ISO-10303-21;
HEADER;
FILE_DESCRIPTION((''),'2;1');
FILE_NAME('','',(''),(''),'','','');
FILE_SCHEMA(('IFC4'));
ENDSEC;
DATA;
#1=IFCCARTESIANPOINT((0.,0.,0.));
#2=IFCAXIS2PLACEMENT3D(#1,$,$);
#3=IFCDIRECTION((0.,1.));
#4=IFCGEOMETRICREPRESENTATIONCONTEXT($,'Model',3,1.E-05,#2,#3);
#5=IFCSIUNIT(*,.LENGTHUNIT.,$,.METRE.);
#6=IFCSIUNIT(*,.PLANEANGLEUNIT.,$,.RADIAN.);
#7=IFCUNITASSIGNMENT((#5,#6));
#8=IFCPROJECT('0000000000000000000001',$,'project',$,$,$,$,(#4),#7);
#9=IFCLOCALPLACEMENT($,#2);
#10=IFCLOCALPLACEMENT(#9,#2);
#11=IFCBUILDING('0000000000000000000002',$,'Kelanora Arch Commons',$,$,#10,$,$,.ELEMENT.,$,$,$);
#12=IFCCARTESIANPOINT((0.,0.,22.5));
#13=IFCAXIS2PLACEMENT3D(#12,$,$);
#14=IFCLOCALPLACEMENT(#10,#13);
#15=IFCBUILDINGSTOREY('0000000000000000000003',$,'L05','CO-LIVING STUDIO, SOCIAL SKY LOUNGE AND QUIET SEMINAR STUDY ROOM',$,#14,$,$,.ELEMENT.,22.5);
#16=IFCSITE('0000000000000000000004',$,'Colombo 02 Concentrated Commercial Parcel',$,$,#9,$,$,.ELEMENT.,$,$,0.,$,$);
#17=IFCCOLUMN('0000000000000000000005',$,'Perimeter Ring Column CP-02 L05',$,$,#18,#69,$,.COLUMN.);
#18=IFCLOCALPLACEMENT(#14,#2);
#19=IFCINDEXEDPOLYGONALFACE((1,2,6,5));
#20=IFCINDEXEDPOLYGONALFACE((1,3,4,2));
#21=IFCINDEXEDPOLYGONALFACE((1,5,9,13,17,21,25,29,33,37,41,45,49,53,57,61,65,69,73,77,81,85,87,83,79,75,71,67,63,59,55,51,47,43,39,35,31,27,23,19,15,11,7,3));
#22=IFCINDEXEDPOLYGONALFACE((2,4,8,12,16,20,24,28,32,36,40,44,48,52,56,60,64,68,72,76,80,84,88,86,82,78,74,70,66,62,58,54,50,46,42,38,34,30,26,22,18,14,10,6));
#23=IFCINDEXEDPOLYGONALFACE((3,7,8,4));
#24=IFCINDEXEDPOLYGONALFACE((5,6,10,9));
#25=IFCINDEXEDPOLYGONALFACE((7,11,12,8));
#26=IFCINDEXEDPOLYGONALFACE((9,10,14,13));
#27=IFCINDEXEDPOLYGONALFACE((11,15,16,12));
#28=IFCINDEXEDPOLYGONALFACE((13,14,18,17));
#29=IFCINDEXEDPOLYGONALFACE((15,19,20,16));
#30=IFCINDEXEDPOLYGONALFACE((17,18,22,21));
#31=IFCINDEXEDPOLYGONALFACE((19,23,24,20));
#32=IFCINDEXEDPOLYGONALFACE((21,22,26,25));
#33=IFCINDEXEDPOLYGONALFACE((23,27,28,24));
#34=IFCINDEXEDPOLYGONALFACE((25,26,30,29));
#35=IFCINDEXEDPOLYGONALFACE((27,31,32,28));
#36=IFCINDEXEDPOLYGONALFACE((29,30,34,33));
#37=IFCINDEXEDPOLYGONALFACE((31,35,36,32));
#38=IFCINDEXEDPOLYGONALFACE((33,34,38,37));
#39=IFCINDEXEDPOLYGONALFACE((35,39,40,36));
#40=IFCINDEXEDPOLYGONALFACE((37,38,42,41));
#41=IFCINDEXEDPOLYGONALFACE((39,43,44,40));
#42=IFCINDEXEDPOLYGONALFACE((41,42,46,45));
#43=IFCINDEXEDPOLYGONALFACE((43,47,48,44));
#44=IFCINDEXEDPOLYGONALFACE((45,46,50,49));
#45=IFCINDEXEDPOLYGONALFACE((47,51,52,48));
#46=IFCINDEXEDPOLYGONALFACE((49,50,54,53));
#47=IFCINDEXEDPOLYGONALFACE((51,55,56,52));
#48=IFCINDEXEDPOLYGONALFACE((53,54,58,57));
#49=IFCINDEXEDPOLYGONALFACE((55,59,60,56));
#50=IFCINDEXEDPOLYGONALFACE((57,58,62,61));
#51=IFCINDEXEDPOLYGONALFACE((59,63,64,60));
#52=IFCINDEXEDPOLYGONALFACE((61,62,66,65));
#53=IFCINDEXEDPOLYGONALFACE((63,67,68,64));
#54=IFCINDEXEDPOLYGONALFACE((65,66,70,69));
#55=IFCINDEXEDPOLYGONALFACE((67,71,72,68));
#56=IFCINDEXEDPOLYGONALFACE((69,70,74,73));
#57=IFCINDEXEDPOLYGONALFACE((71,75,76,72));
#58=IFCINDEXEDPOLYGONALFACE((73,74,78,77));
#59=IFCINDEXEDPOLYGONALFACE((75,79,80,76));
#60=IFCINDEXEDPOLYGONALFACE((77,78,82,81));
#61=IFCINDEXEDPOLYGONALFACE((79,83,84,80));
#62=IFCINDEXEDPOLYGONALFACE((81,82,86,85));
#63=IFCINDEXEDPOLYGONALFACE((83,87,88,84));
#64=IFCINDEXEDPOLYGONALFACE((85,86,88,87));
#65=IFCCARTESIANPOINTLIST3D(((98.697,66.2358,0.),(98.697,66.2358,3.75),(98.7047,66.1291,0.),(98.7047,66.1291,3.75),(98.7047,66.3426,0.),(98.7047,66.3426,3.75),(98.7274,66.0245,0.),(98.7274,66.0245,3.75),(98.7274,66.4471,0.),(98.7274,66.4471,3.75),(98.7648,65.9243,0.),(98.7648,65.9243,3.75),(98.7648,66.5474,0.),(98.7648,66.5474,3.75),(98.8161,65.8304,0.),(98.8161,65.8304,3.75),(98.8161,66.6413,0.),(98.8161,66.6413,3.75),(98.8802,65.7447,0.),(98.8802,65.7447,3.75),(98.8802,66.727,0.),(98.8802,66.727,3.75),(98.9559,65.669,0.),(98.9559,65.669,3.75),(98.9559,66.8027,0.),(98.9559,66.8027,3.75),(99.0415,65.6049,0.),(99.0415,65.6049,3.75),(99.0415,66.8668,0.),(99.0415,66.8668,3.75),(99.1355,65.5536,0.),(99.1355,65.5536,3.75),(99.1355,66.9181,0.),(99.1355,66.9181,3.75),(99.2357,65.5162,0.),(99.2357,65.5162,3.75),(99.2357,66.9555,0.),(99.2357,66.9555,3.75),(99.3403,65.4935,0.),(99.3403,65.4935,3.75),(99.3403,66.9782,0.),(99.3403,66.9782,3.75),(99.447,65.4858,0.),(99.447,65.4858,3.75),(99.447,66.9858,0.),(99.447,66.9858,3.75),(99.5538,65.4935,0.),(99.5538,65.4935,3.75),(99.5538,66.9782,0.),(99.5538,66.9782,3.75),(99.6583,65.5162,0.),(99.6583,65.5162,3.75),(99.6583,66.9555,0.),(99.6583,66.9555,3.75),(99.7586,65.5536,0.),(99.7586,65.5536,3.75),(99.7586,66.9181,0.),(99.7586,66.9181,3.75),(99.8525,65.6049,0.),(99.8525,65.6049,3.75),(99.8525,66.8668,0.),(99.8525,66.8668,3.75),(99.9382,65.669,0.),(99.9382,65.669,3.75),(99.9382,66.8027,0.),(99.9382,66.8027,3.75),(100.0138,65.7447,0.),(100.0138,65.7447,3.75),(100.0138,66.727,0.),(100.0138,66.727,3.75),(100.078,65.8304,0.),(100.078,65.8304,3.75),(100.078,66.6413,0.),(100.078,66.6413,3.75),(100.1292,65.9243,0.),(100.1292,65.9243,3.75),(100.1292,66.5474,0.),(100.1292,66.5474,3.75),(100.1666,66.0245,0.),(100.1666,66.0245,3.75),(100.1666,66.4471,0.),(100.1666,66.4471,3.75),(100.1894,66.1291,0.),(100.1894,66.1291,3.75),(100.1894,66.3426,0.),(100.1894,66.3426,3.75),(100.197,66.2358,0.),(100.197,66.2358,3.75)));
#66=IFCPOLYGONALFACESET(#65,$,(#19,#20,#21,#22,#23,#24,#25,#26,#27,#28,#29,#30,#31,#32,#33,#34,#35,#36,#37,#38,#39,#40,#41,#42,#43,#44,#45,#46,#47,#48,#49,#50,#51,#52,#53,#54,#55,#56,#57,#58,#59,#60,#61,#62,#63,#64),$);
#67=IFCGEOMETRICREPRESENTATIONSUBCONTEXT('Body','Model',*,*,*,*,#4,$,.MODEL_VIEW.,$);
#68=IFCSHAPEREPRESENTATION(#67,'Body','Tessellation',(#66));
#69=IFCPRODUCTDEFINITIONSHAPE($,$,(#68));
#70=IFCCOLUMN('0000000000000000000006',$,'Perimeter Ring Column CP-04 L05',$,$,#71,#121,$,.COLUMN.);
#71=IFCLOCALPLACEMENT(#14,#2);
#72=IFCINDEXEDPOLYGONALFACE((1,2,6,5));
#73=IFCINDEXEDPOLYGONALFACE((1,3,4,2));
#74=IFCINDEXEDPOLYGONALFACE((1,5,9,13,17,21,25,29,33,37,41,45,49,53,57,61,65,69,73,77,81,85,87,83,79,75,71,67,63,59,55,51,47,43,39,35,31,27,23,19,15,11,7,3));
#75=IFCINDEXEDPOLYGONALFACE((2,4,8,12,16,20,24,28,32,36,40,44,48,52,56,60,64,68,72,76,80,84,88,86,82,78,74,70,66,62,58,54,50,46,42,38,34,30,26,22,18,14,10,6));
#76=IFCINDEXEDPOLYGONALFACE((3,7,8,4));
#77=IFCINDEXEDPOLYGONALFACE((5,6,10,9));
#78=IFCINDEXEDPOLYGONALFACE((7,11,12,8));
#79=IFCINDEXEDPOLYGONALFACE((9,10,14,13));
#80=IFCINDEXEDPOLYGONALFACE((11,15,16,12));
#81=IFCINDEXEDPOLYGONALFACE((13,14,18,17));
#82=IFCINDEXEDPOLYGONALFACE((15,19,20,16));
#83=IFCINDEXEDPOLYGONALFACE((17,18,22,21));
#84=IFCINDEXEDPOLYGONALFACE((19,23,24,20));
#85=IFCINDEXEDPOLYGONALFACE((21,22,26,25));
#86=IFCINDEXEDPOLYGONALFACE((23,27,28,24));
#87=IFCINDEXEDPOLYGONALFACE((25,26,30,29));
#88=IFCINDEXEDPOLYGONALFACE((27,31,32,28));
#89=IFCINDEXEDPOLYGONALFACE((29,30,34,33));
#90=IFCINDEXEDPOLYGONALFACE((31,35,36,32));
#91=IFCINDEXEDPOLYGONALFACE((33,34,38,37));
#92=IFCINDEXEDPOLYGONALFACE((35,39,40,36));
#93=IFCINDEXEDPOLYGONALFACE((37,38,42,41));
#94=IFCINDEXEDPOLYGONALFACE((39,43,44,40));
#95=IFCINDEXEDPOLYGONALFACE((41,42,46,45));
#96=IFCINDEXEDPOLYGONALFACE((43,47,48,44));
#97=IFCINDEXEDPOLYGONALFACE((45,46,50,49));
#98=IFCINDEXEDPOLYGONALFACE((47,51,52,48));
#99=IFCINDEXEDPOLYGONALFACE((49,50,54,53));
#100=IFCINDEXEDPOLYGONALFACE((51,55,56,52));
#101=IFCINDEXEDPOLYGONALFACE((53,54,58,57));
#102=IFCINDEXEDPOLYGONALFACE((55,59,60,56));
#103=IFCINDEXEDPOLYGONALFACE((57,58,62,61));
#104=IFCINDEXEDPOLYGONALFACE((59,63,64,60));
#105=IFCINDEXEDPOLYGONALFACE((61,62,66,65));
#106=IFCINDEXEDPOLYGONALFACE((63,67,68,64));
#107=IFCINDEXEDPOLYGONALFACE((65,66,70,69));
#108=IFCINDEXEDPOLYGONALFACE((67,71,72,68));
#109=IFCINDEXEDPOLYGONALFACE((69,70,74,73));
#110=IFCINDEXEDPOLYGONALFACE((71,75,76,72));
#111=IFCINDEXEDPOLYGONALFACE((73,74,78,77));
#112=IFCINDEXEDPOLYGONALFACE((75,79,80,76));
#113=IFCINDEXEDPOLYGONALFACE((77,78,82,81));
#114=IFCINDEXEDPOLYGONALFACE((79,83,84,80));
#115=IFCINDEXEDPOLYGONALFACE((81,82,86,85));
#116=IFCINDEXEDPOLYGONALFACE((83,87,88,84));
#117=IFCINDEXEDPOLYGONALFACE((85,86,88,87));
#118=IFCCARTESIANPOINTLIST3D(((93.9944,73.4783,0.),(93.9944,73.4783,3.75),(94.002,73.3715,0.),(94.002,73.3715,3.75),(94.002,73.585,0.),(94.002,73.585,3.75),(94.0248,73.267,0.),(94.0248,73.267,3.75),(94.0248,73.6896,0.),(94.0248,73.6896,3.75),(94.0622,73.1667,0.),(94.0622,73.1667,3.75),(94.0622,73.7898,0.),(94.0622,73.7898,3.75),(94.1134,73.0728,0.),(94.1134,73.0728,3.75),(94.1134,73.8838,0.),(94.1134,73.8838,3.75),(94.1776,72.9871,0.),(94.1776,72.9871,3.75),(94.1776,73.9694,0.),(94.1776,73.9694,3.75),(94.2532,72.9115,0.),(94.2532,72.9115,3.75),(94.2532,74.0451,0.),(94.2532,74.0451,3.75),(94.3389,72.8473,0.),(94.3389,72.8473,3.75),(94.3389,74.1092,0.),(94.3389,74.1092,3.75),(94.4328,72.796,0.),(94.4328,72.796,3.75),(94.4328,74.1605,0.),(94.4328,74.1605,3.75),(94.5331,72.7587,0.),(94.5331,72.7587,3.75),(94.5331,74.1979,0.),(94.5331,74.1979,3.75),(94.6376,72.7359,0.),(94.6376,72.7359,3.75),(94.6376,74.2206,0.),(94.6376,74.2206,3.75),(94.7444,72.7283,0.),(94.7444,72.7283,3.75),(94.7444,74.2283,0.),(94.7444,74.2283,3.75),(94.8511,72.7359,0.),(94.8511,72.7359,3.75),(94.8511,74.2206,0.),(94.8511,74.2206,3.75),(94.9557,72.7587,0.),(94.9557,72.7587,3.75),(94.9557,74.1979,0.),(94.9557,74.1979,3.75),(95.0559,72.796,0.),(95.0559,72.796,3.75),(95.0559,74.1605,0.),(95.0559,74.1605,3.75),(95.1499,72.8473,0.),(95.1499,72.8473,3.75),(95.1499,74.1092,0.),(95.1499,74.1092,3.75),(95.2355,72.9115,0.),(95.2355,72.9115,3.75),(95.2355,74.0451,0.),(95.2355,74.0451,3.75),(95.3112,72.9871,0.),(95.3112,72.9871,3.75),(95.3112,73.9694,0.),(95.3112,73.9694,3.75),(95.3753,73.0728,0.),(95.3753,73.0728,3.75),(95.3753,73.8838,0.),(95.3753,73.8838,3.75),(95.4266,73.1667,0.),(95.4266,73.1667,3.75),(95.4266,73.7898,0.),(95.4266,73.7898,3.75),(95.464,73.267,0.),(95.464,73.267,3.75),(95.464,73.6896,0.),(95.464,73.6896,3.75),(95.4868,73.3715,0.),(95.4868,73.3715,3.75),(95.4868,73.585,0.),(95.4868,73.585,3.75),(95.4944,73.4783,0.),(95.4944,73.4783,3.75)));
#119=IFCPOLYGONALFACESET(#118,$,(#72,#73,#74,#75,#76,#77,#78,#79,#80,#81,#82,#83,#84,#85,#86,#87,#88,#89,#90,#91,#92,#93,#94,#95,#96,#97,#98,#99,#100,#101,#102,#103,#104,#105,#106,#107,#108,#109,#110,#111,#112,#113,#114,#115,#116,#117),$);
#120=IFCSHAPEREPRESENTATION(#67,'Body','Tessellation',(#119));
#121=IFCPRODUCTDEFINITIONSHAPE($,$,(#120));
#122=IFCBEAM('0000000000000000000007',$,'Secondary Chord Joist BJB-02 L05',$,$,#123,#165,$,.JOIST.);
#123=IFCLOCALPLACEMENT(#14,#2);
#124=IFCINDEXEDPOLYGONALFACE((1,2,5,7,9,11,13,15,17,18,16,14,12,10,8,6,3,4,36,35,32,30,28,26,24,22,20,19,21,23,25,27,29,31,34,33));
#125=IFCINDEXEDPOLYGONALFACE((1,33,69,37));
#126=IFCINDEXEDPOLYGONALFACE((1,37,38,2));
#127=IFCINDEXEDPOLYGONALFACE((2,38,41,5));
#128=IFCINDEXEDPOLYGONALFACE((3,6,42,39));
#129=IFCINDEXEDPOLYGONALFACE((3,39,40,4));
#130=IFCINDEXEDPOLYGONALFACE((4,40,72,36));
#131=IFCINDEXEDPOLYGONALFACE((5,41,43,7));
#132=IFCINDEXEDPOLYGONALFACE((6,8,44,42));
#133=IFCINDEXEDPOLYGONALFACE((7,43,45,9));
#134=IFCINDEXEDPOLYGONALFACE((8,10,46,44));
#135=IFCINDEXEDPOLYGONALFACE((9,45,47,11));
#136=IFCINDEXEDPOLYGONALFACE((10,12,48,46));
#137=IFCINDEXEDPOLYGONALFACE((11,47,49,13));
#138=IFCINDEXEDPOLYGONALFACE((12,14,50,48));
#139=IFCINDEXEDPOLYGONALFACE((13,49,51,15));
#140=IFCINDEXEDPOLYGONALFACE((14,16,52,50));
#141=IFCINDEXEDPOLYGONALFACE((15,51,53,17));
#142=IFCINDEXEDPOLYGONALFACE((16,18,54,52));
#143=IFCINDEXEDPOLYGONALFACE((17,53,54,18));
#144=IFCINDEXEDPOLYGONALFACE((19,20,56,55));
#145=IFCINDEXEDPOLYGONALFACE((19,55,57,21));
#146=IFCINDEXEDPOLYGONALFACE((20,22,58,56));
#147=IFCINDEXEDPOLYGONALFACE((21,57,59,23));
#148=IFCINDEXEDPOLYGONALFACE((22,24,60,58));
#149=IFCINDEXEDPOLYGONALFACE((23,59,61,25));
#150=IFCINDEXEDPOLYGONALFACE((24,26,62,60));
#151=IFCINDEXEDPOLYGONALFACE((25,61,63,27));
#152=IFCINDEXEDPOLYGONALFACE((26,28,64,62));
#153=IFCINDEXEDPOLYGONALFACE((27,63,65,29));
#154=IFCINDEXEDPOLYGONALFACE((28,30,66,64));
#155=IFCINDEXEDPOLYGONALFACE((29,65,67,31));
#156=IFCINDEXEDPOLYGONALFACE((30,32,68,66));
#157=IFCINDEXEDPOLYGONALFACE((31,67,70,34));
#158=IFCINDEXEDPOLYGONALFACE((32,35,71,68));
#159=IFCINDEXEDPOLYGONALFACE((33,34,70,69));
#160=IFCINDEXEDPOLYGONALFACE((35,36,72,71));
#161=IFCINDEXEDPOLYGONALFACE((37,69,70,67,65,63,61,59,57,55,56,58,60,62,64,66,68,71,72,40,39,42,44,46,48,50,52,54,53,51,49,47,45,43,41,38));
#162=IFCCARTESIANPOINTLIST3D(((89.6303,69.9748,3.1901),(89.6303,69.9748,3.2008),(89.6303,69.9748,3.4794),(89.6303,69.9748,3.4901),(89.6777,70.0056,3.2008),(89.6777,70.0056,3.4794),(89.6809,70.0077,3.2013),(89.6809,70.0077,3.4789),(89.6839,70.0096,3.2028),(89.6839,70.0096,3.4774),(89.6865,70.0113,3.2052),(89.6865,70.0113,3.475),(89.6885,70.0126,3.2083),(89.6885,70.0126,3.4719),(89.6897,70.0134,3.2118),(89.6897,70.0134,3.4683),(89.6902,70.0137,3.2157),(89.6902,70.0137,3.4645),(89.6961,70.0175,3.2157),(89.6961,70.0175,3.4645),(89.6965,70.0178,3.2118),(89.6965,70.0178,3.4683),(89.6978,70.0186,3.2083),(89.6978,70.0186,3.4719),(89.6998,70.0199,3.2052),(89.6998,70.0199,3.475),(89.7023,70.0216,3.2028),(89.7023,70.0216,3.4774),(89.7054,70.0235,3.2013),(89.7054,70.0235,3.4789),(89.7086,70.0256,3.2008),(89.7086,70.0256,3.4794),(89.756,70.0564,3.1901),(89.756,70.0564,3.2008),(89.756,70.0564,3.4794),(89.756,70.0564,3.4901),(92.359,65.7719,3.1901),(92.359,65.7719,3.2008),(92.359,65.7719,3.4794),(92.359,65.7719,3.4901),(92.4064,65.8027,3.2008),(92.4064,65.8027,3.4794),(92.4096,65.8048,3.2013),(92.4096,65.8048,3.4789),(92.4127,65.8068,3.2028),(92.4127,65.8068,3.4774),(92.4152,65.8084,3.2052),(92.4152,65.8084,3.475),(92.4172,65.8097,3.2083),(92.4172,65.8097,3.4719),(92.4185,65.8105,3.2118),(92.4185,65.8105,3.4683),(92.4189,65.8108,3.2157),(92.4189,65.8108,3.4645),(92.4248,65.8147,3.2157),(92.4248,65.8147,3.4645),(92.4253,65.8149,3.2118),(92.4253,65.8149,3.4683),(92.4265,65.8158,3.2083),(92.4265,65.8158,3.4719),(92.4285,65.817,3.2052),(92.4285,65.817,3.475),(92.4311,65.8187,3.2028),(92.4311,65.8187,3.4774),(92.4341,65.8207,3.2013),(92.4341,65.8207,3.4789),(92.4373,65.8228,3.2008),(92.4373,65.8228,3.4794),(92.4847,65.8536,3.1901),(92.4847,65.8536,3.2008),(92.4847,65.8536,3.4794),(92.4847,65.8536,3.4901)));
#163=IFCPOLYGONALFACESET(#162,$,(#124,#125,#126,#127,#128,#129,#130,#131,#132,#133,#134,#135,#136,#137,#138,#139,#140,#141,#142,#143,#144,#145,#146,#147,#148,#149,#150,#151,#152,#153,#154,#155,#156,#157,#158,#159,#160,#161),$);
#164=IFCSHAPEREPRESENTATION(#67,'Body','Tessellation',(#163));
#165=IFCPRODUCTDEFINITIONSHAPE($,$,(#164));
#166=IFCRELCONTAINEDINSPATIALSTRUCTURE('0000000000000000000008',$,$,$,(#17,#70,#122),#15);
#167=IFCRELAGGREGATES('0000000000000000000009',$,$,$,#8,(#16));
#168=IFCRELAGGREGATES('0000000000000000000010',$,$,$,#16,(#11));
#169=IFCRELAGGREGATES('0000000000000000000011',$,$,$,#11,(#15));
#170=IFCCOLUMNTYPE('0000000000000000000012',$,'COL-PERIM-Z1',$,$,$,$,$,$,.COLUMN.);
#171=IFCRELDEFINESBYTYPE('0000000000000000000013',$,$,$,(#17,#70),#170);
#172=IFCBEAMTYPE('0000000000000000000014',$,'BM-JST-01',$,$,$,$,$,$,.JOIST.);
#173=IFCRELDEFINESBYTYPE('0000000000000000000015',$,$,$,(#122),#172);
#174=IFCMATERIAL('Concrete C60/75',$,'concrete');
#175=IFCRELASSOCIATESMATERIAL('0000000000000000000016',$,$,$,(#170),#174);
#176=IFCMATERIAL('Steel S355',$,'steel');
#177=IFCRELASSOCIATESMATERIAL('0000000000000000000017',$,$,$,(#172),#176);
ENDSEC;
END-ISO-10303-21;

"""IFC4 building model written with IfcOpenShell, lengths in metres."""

from ifc_helpers import new_model, si_unit, direction, frame, origin, origin_2d, place, context, subcontext, project, spatial, circle, i_section, extrude, material, material_profile, profile_set, type_object, element, save


model = new_model("IFC4")

# Units and contexts
model_context = context("Model", 3, precision=1e-05, world=origin(), true_north=direction((0.0, 1.0)))
body_context = subcontext(model_context, "Body", "Model", "MODEL_VIEW")
ifc_project = project(units=[si_unit("LENGTHUNIT", "METRE"), si_unit("PLANEANGLEUNIT", "RADIAN")], contexts=[model_context])

# Site, building, storey
site_placement = place(None, origin())
site = spatial("IfcSite", under=ifc_project, at=site_placement, Name="Colombo 02 Concentrated Commercial Parcel", CompositionType="ELEMENT", RefElevation=0.0)
building_placement = place(site_placement, origin())
building = spatial("IfcBuilding", under=site, at=building_placement, Name="Kelanora Arch Commons", CompositionType="ELEMENT")
storey_placement = place(building_placement, frame((0.0, 0.0, 22.5)))
storey = spatial("IfcBuildingStorey", under=building, at=storey_placement, Name="L05", Description="CO-LIVING STUDIO, SOCIAL SKY LOUNGE AND QUIET SEMINAR STUDY ROOM", CompositionType="ELEMENT", Elevation=22.5)

# Columns
ifc_material_1 = material(Name="Concrete C60/75", Category="concrete")
ifc_material_profile_1 = material_profile(ifc_material_1, circle(Radius=0.75, at=origin_2d()), Name="RCC1500")
ifc_profile_set_1 = profile_set([ifc_material_profile_1], Name="Concrete C60/75")
column_type = type_object("IfcColumnType", Name="COL-PERIM-Z1", PredefinedType="COLUMN", material=ifc_profile_set_1)
for number, where, z_axis, x_axis, name in (
    (1, (99.447, 66.2358, 0.0), (0.0, 0.0, 1.0), (1.0, 0.0, 0.0), "Perimeter Ring Column CP-02 L05"),
    (2, (94.7444, 73.4783, 0.0), (0.0, 0.0, 1.0), (1.0, 0.0, 0.0), "Perimeter Ring Column CP-04 L05"),
):
    element("IfcColumn", number, at=place(storey_placement, frame(where, z_axis=z_axis, x_axis=x_axis)), inside=storey, type_object=column_type, Name=name, PredefinedType="COLUMN", context=body_context, shape_type="SweptSolid", body=[
        extrude(circle(Radius=0.75, at=origin_2d()), origin(), (0.0, 0.0, 1.0), 3.75),
    ])

# Beam
ifc_material_2 = material(Name="Steel S355", Category="steel")
ifc_material_profile_2 = material_profile(ifc_material_2, i_section(OverallWidth=0.1499, OverallDepth=0.3, WebThickness=0.0071, FlangeThickness=0.0107, FilletRadius=0.0149, at=origin_2d()), Name="IPE300")
ifc_profile_set_2 = profile_set([ifc_material_profile_2], Name="Steel S355")
beam_type_1 = type_object("IfcBeamType", Name="BM-JST-01", PredefinedType="JOIST", material=ifc_profile_set_2)
beam_1_placement = place(storey_placement, frame((92.4219, 65.8127, 3.3401), z_axis=(-0.544552, 0.838727, 0.0), x_axis=(-0.838727, -0.544552, 0.0)))
element("IfcBeam", 3, at=beam_1_placement, inside=storey, type_object=beam_type_1, Name="Secondary Chord Joist BJB-02 L05", PredefinedType="JOIST", context=body_context, shape_type="SweptSolid", body=[
    extrude(i_section(OverallWidth=0.1499, OverallDepth=0.3, WebThickness=0.0071, FlangeThickness=0.0107, FilletRadius=0.0149, at=origin_2d()), origin(), (0.0, 0.0, 1.0), 5.011),
])

save(model, "model.ifc")
